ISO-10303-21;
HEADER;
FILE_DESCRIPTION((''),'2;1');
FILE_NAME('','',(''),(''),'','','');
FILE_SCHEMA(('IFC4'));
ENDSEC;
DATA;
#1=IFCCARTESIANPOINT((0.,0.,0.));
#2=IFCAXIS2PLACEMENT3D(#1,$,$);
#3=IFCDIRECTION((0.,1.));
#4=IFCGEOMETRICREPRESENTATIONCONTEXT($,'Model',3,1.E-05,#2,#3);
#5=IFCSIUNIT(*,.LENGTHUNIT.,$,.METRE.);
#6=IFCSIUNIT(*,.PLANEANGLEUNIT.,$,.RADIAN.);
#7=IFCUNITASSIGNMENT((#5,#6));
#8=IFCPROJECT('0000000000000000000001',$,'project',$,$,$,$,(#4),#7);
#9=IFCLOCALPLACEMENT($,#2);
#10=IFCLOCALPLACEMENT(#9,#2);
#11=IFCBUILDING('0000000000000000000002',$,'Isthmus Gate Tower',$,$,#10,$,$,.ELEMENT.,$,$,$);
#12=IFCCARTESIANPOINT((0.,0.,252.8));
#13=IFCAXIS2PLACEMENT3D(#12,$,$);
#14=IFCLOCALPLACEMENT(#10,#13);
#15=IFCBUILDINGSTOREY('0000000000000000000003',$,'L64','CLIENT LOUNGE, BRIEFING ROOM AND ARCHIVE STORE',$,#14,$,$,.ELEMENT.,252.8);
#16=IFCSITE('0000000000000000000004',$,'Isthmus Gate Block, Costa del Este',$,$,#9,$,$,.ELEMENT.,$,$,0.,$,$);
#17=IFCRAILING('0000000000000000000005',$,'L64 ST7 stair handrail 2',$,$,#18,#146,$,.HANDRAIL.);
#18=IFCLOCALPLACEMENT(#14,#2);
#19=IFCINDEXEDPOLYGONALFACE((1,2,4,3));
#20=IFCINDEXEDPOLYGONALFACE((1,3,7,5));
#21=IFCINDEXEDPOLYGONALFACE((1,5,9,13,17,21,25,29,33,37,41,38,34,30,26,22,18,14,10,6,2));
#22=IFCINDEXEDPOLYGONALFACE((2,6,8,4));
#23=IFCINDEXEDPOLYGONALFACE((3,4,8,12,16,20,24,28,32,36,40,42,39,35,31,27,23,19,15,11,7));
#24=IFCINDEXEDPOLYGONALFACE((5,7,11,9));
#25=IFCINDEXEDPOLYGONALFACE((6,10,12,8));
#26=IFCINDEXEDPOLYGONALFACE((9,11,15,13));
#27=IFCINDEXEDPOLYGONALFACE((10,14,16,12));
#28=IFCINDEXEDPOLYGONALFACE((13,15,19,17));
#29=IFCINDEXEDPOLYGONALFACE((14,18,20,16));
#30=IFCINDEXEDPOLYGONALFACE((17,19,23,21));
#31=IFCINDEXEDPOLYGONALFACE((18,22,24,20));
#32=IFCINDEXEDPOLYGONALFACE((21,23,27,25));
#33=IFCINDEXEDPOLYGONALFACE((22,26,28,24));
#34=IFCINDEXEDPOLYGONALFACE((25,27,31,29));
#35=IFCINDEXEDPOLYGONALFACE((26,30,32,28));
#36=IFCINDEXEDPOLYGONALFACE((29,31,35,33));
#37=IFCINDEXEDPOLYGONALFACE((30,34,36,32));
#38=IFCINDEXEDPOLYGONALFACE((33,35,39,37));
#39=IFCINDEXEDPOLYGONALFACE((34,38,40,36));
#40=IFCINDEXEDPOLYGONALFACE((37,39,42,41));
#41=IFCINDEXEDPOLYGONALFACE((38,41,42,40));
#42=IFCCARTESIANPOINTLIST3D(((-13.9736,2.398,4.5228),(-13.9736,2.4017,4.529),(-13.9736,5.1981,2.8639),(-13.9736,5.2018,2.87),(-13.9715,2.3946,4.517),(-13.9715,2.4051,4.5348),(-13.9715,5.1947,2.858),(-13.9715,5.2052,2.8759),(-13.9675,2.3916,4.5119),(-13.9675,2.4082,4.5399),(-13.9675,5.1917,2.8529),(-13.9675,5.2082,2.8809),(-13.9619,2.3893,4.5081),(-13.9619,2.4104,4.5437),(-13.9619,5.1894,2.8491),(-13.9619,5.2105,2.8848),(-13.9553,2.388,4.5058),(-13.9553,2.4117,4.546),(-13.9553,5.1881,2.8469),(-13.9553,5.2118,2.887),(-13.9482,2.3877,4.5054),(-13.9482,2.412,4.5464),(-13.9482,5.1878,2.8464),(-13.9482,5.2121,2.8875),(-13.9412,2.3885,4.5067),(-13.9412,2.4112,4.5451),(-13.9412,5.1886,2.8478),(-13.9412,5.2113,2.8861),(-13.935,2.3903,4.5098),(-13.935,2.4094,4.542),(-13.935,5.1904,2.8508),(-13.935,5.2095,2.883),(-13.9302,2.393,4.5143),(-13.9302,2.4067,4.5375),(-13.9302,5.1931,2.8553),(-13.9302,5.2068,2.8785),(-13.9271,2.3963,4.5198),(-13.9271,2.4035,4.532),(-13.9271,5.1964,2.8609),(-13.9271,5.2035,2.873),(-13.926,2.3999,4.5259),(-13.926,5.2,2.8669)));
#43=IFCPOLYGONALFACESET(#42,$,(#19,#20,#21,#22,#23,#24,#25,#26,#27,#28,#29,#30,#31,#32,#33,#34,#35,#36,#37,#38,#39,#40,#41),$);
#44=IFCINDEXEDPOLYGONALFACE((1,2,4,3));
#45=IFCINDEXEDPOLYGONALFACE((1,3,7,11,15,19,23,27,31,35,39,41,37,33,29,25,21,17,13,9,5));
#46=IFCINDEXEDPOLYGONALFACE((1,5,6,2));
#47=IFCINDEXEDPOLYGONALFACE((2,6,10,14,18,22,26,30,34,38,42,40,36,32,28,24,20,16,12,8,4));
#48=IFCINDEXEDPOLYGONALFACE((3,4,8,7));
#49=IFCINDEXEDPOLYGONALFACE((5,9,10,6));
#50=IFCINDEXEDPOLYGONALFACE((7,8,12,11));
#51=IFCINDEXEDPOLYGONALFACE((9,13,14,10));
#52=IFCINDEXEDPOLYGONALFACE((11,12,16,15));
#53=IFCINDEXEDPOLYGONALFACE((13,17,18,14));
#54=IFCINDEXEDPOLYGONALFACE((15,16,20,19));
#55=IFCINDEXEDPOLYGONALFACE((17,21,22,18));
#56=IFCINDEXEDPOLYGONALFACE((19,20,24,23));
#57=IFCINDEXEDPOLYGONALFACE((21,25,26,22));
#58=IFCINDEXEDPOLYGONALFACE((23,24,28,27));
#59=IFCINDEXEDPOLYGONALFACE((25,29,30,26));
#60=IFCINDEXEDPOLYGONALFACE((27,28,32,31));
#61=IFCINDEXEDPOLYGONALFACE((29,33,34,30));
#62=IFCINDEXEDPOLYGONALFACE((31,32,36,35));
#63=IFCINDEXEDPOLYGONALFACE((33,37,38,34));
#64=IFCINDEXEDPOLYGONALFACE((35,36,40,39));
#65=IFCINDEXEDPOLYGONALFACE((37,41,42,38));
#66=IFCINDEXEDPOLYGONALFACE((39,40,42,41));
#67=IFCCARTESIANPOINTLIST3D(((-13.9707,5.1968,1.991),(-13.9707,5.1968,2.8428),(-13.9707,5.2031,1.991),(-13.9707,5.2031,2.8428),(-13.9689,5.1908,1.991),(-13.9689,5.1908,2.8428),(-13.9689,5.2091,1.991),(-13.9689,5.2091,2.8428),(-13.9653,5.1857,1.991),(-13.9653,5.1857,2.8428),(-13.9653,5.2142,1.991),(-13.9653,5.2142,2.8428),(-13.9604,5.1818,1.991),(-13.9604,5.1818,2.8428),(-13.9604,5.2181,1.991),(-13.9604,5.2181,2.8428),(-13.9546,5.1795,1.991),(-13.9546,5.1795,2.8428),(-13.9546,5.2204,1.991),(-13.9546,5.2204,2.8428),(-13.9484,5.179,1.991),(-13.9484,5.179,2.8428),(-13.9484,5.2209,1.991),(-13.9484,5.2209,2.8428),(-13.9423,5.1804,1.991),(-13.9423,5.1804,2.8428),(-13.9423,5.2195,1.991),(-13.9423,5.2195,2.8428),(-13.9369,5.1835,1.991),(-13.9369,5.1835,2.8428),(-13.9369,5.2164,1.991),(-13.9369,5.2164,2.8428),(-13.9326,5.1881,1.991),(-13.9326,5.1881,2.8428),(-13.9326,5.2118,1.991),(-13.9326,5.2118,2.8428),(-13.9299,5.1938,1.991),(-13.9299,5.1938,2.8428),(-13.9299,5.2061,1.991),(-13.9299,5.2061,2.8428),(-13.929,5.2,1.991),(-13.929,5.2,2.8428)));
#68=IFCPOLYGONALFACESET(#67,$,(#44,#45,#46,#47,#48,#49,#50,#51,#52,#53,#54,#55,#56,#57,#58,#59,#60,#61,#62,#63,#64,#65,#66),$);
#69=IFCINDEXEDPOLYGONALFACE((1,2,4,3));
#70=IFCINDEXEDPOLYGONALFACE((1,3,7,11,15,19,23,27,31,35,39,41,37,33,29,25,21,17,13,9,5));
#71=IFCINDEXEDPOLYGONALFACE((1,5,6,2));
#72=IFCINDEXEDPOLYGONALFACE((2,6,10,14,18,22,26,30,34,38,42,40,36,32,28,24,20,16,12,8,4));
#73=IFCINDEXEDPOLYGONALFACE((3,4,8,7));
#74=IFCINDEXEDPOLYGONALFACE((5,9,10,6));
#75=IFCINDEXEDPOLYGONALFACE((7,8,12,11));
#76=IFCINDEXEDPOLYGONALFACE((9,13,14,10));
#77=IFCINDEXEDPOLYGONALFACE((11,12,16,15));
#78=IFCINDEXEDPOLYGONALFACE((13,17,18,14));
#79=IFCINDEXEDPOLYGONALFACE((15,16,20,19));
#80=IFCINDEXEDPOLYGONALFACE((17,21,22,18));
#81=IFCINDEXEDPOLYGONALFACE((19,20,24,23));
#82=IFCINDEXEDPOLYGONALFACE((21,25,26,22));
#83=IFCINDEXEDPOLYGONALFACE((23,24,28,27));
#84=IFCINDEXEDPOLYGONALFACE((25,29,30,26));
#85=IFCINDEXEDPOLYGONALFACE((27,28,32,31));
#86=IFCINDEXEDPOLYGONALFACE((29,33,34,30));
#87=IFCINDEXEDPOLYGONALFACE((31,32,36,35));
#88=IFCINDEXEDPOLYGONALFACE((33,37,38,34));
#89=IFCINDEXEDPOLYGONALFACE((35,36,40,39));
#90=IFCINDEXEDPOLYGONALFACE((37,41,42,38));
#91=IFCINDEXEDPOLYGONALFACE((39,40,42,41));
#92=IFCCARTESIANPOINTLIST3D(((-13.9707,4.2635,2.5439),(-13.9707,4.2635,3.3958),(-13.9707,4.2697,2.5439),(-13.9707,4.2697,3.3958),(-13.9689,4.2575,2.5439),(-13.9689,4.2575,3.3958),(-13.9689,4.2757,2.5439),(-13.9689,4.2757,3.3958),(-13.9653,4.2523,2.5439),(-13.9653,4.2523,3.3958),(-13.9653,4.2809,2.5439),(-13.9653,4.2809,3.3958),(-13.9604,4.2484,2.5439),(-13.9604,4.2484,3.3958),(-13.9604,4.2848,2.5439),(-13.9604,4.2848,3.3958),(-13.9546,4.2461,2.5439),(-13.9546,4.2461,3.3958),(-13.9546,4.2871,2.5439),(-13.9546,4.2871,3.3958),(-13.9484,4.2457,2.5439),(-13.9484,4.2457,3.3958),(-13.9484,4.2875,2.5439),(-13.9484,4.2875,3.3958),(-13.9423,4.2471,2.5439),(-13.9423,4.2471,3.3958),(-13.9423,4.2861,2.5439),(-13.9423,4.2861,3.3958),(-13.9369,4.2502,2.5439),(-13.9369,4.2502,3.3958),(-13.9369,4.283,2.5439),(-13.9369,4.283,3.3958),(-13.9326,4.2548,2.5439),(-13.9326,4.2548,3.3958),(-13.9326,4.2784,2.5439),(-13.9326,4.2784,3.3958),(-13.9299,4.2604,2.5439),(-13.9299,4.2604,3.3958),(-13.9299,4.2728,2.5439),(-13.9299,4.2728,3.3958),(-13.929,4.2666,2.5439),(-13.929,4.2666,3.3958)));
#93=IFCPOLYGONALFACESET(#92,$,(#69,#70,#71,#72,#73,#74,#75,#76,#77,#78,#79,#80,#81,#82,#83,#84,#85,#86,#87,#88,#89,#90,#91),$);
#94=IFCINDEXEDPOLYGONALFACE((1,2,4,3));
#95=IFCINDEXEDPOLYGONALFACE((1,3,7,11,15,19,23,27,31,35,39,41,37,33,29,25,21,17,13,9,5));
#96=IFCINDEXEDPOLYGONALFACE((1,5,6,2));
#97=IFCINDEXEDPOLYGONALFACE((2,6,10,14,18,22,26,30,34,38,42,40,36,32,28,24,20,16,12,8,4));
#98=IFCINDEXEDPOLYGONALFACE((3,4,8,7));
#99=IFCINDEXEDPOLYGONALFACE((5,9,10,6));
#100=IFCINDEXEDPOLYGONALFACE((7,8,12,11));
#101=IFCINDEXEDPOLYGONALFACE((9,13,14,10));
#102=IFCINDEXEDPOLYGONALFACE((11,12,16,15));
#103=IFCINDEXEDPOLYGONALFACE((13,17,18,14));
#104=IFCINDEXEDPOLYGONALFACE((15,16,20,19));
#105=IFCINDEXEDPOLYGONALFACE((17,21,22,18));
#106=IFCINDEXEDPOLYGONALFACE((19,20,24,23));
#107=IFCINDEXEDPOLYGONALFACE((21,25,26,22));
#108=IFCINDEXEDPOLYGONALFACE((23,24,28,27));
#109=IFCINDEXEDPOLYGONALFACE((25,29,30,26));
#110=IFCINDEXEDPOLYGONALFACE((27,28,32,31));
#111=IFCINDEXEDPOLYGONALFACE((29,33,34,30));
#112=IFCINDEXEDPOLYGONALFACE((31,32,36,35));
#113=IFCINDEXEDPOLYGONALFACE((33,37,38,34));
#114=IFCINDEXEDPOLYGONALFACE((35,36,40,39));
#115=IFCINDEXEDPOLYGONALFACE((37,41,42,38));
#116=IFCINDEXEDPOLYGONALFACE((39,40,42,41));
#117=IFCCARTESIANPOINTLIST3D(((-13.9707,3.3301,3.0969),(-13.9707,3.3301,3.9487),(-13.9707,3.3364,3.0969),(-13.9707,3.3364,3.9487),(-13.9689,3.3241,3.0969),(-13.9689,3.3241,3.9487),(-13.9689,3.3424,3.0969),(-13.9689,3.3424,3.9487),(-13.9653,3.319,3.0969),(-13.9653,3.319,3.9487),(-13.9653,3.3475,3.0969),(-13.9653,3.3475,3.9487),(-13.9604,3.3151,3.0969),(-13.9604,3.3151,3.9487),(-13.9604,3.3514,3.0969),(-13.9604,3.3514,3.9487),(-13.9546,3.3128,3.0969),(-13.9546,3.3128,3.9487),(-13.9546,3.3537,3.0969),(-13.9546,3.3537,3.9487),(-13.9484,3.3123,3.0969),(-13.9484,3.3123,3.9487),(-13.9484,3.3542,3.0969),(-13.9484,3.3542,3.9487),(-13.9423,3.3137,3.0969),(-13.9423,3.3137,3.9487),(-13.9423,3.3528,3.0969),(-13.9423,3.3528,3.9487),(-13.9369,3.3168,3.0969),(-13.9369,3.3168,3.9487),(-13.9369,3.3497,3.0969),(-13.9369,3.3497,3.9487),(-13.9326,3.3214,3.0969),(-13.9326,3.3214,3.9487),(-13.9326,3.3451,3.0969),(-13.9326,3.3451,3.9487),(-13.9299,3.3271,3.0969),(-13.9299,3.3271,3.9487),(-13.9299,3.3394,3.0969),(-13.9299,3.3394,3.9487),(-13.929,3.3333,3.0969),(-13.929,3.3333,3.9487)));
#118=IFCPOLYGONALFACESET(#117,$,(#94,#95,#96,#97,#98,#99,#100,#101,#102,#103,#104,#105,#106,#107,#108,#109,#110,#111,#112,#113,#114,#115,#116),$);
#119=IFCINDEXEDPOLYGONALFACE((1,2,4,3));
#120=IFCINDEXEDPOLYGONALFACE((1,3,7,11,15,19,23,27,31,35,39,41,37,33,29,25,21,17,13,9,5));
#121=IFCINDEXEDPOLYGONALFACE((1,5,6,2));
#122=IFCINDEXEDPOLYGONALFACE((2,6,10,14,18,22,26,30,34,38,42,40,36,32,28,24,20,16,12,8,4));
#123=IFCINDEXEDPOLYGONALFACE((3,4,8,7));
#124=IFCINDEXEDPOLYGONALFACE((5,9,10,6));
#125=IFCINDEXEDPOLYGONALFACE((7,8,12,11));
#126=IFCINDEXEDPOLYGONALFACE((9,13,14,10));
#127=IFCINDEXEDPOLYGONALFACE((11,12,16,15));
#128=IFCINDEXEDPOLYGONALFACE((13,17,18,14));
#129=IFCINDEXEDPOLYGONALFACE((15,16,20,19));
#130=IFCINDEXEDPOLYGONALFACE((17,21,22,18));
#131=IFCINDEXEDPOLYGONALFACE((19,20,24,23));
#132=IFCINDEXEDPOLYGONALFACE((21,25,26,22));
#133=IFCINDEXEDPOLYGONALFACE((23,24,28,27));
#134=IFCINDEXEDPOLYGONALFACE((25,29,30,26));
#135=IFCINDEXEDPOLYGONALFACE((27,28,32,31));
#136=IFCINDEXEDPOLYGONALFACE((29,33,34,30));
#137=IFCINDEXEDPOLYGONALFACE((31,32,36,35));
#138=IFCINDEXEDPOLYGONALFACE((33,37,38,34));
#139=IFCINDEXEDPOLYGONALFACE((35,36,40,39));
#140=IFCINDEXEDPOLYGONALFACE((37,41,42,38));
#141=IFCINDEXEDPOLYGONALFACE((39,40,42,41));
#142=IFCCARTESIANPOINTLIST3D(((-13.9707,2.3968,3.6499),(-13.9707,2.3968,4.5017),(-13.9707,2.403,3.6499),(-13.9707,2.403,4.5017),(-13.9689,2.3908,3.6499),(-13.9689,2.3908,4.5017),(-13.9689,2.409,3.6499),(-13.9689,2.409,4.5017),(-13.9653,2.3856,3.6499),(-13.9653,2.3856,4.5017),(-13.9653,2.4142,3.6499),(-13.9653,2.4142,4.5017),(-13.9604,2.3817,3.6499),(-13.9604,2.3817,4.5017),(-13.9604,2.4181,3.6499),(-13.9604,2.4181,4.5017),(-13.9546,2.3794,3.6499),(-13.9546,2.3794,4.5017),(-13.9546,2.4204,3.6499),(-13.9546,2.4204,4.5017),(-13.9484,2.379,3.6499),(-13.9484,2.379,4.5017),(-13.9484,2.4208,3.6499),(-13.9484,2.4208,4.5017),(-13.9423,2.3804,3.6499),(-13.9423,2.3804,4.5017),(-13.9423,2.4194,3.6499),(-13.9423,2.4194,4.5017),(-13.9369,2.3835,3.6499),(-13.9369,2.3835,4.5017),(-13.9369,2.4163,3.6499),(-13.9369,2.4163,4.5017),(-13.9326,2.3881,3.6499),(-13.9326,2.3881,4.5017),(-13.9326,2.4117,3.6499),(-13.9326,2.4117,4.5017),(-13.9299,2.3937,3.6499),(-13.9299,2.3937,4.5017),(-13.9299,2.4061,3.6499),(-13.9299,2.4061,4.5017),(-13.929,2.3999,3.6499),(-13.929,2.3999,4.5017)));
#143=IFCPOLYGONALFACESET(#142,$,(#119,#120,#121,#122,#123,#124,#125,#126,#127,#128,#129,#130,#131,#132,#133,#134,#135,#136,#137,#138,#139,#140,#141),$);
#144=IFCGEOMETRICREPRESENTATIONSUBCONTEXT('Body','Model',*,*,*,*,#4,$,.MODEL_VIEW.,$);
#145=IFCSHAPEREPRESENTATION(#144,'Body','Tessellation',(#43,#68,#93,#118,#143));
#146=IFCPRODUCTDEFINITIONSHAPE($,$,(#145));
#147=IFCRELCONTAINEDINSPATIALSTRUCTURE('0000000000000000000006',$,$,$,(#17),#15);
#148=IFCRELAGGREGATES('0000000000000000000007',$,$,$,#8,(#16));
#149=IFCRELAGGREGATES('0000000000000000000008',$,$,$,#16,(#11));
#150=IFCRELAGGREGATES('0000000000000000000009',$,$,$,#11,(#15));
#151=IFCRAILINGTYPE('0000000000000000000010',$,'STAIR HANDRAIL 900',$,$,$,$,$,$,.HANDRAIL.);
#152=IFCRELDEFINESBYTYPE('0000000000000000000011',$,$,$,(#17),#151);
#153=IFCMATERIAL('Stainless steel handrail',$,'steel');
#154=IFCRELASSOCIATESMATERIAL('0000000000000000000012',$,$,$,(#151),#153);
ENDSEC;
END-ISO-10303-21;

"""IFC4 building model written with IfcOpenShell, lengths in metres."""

from ifc_helpers import new_model, si_unit, direction, frame, origin, origin_2d, place, context, subcontext, project, spatial, circle, extrude, material, type_object, element, save


model = new_model("IFC4")

# Units and contexts
model_context = context("Model", 3, precision=1e-05, world=origin(), true_north=direction((0.0, 1.0)))
body_context = subcontext(model_context, "Body", "Model", "MODEL_VIEW")
ifc_project = project(units=[si_unit("LENGTHUNIT", "METRE"), si_unit("PLANEANGLEUNIT", "RADIAN")], contexts=[model_context])

# Site, building, storey
site_placement = place(None, origin())
site = spatial("IfcSite", under=ifc_project, at=site_placement, Name="Isthmus Gate Block, Costa del Este", CompositionType="ELEMENT", RefElevation=0.0)
building_placement = place(site_placement, origin())
building = spatial("IfcBuilding", under=site, at=building_placement, Name="Isthmus Gate Tower", CompositionType="ELEMENT")
storey_placement = place(building_placement, frame((0.0, 0.0, 252.8)))
storey = spatial("IfcBuildingStorey", under=building, at=storey_placement, Name="L64", Description="CLIENT LOUNGE, BRIEFING ROOM AND ARCHIVE STORE", CompositionType="ELEMENT", Elevation=252.8)

# Railing
ifc_material_1 = material(Name="Stainless steel handrail", Category="steel")
railing_type = type_object("IfcRailingType", Name="STAIR HANDRAIL 900", PredefinedType="HANDRAIL", material=ifc_material_1)
railing_1_placement = place(storey_placement, frame((-13.95, 5.2, 1.991)))
element("IfcRailing", 1, at=railing_1_placement, inside=storey, type_object=railing_type, Name="L64 ST7 stair handrail 2", PredefinedType="HANDRAIL", context=body_context, shape_type="SweptSolid", body=[
    extrude(circle(Radius=0.0239, at=origin_2d()), frame((0.0, 0.0, 0.876), z_axis=(0.0, -0.860339, 0.509722), x_axis=(1.0, 0.0, 0.0)), (0.0, 0.0, 1.0), 3.2546),
    extrude(circle(Radius=0.021, at=origin_2d()), origin(), (0.0, 0.0, 1.0), 0.8518),
    extrude(circle(Radius=0.021, at=origin_2d()), frame((0.0, -0.9333, 0.553)), (0.0, 0.0, 1.0), 0.8518),
    extrude(circle(Radius=0.021, at=origin_2d()), frame((0.0, -1.8667, 1.106)), (0.0, 0.0, 1.0), 0.8518),
    extrude(circle(Radius=0.021, at=origin_2d()), frame((0.0, -2.8, 1.6589)), (0.0, 0.0, 1.0), 0.8518),
])

save(model, "model.ifc")
